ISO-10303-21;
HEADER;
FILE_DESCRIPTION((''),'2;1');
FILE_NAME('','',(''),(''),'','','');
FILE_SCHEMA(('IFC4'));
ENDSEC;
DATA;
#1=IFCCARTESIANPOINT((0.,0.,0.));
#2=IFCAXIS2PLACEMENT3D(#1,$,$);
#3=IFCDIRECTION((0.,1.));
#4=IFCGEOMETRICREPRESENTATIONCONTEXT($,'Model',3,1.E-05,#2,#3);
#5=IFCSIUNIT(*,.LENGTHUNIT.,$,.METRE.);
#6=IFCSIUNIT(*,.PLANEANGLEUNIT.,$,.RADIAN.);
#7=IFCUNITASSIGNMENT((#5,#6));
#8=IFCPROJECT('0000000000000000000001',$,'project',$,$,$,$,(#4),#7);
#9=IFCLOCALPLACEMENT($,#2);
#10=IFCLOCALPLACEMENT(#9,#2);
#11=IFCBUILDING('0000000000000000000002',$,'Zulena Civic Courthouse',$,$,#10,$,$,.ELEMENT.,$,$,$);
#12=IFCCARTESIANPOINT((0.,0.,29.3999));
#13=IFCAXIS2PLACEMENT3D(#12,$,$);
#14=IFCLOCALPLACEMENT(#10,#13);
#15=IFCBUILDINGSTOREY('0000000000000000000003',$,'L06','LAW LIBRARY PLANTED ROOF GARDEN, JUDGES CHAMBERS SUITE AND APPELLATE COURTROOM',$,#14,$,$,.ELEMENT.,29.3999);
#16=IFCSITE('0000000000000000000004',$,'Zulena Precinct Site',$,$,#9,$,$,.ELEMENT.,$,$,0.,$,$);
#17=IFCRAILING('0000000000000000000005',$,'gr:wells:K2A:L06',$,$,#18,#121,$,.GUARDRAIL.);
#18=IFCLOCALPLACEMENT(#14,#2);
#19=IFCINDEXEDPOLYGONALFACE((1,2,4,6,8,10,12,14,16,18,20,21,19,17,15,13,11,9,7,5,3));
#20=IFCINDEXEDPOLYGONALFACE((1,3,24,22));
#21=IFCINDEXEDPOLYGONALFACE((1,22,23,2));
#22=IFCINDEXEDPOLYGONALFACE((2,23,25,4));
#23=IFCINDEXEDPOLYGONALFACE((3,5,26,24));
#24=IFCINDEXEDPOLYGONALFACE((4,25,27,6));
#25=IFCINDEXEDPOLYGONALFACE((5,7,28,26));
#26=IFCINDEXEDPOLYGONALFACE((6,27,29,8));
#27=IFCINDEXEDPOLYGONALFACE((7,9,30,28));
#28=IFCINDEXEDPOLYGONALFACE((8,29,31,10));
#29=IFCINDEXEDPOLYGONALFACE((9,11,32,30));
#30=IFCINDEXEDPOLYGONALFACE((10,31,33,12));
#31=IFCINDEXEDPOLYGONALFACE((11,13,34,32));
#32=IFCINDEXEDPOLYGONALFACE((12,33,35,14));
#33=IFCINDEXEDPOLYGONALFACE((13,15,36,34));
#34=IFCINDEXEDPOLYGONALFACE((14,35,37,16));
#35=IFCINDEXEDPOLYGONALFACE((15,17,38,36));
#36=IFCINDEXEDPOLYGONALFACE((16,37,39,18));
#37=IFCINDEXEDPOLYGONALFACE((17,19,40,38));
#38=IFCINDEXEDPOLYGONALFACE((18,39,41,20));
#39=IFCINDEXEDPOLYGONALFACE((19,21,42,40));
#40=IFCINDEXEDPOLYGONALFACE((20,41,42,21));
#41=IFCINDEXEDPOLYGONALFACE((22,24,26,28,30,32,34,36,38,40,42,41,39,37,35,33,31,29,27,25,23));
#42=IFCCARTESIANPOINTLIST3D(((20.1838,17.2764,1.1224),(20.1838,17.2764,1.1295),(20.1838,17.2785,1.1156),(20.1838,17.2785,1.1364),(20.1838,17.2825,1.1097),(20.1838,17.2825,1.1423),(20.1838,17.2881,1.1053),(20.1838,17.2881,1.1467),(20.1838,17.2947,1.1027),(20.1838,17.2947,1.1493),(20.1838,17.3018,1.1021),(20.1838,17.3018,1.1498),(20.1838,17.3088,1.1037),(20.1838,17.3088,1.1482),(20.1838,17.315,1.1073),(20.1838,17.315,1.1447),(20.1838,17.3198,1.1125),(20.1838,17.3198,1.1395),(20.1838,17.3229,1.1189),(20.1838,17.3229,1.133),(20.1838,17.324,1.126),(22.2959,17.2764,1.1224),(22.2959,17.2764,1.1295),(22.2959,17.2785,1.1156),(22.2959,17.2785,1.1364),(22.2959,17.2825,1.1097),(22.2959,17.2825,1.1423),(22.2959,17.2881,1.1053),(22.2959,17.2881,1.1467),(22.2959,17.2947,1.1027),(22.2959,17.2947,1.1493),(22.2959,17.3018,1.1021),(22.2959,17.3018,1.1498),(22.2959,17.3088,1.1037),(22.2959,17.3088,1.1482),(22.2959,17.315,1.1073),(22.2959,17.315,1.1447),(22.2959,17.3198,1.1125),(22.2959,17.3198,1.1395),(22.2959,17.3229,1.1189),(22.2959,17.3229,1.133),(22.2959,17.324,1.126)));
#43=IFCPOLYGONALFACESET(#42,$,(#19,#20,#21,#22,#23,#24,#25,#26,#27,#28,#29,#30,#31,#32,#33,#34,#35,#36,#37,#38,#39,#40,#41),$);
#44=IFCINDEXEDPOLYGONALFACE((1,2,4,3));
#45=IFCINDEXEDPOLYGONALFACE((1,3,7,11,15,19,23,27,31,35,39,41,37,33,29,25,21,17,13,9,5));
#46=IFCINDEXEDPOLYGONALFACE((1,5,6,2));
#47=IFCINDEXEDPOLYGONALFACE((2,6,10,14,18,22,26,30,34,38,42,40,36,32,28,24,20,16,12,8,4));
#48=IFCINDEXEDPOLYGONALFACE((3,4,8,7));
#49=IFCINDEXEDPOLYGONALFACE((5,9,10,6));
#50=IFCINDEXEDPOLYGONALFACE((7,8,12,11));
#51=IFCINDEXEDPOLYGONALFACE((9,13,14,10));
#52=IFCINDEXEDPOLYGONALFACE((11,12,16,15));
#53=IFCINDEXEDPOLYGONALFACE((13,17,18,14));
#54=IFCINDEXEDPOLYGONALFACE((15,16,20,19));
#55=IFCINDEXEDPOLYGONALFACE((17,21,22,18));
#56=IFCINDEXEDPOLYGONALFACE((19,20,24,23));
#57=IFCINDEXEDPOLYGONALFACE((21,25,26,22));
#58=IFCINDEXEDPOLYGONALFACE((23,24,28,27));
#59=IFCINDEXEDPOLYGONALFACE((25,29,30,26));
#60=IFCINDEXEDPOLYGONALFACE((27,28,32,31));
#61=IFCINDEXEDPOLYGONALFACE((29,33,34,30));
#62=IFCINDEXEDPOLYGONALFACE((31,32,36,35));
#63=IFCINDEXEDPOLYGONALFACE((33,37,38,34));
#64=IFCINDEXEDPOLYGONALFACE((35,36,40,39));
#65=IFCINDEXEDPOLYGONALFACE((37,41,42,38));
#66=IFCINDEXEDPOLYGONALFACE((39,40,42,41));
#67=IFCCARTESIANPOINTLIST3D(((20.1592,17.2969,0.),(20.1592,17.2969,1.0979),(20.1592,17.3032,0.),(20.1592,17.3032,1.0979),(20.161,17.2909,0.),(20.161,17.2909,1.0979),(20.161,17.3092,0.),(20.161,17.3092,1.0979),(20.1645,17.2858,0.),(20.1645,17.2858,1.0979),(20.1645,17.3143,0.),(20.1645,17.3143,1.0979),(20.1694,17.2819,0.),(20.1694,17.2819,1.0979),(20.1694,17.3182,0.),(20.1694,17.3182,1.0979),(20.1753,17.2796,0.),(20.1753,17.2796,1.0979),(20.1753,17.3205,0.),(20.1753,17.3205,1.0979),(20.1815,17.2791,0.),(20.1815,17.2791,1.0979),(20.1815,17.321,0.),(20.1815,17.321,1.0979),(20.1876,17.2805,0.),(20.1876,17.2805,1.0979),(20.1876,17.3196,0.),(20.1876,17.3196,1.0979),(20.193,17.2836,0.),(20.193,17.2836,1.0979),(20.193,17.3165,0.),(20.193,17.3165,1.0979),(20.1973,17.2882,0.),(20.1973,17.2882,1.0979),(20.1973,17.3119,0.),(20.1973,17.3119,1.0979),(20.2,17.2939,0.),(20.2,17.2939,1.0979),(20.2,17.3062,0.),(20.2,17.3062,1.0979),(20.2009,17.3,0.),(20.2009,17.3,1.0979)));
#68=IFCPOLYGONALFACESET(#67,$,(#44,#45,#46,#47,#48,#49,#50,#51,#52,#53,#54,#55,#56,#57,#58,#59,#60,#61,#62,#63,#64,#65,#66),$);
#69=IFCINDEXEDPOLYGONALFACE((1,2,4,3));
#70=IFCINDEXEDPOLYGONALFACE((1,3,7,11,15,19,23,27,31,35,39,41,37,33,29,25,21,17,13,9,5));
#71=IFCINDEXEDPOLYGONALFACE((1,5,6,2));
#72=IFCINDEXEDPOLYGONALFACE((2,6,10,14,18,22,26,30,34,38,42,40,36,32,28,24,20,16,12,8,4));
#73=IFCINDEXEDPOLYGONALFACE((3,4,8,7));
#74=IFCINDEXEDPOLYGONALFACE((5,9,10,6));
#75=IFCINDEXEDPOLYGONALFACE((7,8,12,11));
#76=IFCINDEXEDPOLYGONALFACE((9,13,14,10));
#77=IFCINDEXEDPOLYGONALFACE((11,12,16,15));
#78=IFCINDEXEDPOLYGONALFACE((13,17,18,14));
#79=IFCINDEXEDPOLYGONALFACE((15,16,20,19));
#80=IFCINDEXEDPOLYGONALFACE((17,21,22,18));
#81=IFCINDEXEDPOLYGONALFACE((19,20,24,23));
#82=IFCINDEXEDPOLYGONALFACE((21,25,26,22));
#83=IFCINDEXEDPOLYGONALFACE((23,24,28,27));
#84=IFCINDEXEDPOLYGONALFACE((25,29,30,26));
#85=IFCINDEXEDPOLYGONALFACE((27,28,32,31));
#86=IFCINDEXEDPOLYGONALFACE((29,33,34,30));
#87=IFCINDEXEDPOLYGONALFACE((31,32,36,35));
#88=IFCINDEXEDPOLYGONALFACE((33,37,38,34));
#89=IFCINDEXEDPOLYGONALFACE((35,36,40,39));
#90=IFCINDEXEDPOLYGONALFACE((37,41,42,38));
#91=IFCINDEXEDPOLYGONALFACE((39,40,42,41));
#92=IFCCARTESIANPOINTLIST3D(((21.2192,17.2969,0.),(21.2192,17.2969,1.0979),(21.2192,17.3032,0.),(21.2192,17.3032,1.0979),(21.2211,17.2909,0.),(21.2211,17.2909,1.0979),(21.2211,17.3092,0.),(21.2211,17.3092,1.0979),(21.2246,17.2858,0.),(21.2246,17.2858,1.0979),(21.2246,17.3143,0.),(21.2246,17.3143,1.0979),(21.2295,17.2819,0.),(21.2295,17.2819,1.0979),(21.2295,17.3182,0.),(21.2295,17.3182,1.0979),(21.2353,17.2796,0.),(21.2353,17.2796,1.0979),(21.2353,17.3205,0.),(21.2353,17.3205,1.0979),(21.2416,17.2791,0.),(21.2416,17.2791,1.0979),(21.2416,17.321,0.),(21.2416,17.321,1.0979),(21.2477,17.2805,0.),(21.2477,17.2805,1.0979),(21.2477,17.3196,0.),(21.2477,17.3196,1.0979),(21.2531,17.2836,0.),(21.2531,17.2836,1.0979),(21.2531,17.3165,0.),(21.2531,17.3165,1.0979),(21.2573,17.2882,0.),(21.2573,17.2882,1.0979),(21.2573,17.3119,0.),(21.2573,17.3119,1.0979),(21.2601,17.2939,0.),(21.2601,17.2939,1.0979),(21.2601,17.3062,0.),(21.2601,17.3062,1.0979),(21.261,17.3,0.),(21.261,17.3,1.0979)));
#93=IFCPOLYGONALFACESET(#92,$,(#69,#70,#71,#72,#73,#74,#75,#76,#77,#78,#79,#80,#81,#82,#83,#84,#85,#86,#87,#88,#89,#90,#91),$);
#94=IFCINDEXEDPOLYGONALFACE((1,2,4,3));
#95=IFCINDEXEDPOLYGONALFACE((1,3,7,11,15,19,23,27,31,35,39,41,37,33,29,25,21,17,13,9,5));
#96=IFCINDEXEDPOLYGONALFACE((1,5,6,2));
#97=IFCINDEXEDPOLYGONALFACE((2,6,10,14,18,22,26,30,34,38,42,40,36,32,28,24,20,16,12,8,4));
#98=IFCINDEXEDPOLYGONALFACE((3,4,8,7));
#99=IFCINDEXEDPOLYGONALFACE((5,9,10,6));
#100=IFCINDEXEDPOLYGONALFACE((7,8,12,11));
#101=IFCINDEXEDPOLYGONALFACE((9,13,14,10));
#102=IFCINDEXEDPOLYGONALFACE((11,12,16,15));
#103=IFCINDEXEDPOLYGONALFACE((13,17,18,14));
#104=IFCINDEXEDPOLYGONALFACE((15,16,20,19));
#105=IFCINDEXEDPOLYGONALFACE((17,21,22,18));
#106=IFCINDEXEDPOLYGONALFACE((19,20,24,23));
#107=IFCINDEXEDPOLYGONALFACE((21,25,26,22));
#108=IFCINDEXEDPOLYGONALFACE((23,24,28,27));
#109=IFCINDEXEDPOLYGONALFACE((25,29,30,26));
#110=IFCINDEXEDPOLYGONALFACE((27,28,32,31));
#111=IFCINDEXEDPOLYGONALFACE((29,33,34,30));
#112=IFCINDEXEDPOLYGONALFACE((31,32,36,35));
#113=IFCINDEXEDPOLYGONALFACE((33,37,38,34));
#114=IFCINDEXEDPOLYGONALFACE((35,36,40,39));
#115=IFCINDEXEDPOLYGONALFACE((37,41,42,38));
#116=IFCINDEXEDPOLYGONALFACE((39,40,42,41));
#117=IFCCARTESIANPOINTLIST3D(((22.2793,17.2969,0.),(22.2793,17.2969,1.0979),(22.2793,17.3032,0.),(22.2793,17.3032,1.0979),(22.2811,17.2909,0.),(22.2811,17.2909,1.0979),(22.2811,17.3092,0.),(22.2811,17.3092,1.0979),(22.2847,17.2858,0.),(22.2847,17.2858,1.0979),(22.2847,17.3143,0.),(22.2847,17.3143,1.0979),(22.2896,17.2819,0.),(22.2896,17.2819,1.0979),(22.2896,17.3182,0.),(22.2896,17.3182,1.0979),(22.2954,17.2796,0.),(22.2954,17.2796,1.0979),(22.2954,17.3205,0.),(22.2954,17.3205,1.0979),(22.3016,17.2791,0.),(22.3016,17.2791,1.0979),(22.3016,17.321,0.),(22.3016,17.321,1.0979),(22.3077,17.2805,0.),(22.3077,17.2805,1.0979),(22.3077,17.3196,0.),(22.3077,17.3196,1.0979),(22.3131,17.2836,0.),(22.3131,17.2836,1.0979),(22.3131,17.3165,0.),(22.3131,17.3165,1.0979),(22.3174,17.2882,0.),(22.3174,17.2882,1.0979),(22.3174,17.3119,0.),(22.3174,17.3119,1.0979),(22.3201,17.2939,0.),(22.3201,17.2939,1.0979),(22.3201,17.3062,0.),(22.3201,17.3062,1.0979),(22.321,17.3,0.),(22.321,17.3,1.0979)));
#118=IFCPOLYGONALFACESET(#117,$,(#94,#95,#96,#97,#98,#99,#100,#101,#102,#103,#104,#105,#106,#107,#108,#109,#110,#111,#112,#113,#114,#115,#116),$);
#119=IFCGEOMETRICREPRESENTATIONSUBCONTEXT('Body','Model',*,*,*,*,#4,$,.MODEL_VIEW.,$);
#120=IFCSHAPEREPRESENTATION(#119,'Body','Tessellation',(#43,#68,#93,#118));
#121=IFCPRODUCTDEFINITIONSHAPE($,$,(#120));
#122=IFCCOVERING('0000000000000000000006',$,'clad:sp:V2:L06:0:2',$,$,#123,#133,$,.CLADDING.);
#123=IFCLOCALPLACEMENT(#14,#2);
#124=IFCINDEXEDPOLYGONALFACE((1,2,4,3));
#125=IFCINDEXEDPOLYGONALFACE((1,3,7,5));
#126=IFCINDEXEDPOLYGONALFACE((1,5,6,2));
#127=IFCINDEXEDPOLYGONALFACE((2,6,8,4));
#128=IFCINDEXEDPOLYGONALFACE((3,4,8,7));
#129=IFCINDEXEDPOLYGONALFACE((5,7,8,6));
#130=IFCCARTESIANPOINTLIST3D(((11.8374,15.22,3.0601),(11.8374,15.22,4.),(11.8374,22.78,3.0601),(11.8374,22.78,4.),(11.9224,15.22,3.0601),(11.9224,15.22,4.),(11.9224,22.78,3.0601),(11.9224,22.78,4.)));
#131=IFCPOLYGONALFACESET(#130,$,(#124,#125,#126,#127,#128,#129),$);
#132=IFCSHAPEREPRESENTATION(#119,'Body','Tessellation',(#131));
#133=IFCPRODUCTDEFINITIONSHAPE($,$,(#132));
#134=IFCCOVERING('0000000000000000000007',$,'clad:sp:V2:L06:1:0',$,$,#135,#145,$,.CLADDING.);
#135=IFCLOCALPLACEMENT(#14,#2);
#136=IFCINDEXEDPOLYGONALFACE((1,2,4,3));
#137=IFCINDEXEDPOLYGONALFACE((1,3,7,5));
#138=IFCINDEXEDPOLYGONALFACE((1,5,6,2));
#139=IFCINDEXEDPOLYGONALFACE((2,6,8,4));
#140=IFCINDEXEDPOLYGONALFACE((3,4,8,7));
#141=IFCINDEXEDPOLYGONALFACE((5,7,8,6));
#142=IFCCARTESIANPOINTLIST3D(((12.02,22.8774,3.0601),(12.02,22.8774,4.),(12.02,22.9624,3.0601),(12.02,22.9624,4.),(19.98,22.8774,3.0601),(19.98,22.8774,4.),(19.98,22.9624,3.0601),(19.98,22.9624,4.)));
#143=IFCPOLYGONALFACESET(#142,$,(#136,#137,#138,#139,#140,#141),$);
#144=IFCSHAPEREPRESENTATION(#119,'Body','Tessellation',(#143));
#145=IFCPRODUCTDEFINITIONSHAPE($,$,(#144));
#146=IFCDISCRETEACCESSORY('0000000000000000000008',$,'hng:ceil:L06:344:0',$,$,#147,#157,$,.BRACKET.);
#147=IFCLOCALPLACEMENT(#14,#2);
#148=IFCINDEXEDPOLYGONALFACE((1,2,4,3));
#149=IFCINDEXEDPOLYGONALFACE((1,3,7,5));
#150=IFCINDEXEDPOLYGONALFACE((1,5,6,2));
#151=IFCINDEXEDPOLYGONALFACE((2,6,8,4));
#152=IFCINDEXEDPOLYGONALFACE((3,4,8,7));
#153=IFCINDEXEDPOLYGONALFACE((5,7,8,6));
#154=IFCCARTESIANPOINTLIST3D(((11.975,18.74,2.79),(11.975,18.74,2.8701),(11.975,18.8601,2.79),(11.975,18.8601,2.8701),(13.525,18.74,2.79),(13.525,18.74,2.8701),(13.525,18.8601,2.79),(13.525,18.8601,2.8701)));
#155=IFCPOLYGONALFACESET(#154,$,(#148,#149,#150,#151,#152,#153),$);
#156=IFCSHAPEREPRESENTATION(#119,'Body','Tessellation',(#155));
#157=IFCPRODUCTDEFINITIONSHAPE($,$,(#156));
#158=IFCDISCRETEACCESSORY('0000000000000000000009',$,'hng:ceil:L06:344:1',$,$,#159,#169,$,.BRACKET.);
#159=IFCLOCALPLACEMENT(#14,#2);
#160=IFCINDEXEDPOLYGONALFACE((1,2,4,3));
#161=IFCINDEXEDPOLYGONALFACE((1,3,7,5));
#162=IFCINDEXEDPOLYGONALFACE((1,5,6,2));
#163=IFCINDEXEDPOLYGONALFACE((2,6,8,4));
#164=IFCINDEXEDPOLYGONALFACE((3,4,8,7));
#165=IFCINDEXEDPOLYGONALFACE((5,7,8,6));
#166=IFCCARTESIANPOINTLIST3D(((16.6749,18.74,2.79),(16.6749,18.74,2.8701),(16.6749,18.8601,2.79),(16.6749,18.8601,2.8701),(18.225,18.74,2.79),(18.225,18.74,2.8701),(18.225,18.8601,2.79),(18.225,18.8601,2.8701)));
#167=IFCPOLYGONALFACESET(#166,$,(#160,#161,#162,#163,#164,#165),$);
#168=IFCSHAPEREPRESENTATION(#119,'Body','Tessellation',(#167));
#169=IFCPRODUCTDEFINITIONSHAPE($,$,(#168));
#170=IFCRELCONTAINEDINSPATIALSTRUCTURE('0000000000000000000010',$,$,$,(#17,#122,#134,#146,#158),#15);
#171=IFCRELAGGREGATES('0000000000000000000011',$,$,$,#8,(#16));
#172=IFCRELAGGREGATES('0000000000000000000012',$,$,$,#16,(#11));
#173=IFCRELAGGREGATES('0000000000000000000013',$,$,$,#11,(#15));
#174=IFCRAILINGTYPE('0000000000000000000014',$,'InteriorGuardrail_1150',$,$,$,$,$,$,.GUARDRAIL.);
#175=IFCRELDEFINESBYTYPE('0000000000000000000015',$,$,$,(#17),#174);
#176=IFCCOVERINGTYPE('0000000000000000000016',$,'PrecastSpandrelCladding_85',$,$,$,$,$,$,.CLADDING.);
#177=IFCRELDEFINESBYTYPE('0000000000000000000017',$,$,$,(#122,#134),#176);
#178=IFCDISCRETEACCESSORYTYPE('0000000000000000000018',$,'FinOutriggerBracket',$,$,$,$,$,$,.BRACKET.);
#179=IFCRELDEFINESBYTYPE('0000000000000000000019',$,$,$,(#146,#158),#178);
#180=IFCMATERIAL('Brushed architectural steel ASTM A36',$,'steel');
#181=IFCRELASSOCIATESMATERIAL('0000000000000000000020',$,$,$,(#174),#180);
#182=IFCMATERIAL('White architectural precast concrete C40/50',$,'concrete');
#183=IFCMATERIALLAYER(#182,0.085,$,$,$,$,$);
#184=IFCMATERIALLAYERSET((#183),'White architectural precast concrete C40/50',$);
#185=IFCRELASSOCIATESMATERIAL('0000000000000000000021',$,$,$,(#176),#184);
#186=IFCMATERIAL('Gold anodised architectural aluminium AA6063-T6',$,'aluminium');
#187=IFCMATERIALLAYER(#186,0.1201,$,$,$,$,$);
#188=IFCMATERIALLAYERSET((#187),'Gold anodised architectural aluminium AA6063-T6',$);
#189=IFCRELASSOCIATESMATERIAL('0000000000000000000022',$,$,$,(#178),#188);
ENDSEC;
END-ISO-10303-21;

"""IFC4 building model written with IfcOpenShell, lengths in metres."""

from ifc_helpers import new_model, si_unit, direction, frame, origin, origin_2d, place, context, subcontext, project, spatial, rectangle, circle, extrude, material, layer, layer_set, type_object, element, save


model = new_model("IFC4")

# Units and contexts
model_context = context("Model", 3, precision=1e-05, world=origin(), true_north=direction((0.0, 1.0)))
body_context = subcontext(model_context, "Body", "Model", "MODEL_VIEW")
ifc_project = project(units=[si_unit("LENGTHUNIT", "METRE"), si_unit("PLANEANGLEUNIT", "RADIAN")], contexts=[model_context])

# Site, building, storey
site_placement = place(None, origin())
site = spatial("IfcSite", under=ifc_project, at=site_placement, Name="Zulena Precinct Site", CompositionType="ELEMENT", RefElevation=0.0)
building_placement = place(site_placement, origin())
building = spatial("IfcBuilding", under=site, at=building_placement, Name="Zulena Civic Courthouse", CompositionType="ELEMENT")
storey_placement = place(building_placement, frame((0.0, 0.0, 29.3999)))
storey = spatial("IfcBuildingStorey", under=building, at=storey_placement, Name="L06", Description="LAW LIBRARY PLANTED ROOF GARDEN, JUDGES CHAMBERS SUITE AND APPELLATE COURTROOM", CompositionType="ELEMENT", Elevation=29.3999)

# Shared definitions
ifc_material_1 = material(Name="White architectural precast concrete C40/50", Category="concrete")

# Railing
ifc_material_2 = material(Name="Brushed architectural steel ASTM A36", Category="steel")
railing_type = type_object("IfcRailingType", Name="InteriorGuardrail_1150", PredefinedType="GUARDRAIL", material=ifc_material_2)
railing_1_placement = place(storey_placement, frame((20.1799, 17.3, 0.0)))
element("IfcRailing", 1, at=railing_1_placement, inside=storey, type_object=railing_type, Name="gr:wells:K2A:L06", PredefinedType="GUARDRAIL", context=body_context, shape_type="SweptSolid", body=[
    extrude(circle(Radius=0.0239, at=origin_2d()), frame((0.0039, 0.0, 1.126), z_axis=(1.0, 0.0, 0.0), x_axis=(0.0, 1.0, 0.0)), (0.0, 0.0, 1.0), 2.1121),
    extrude(circle(Radius=0.021, at=origin_2d()), origin(), (0.0, 0.0, 1.0), 1.0979),
    extrude(circle(Radius=0.021, at=origin_2d()), frame((1.0601, 0.0, 0.0)), (0.0, 0.0, 1.0), 1.0979),
    extrude(circle(Radius=0.021, at=origin_2d()), frame((2.1201, 0.0, 0.0)), (0.0, 0.0, 1.0), 1.0979),
])

# Coverings
ifc_layer_1 = layer(ifc_material_1, 0.085)
ifc_layer_set_1 = layer_set([ifc_layer_1], Name="White architectural precast concrete C40/50")
covering_type = type_object("IfcCoveringType", Name="PrecastSpandrelCladding_85", PredefinedType="CLADDING", material=ifc_layer_set_1)
covering_1_placement = place(storey_placement, frame((11.8799, 19.0, 3.0601), z_axis=(0.0, 0.0, 1.0), x_axis=(0.0, 1.0, 0.0)))
element("IfcCovering", 2, at=covering_1_placement, inside=storey, type_object=covering_type, Name="clad:sp:V2:L06:0:2", PredefinedType="CLADDING", context=body_context, shape_type="SweptSolid", body=[
    extrude(rectangle(XDim=7.5601, YDim=0.085, at=origin_2d()), origin(), (0.0, 0.0, 1.0), 0.9399),
])
covering_2_placement = place(storey_placement, frame((16.0, 22.9199, 3.0601), z_axis=(0.0, 0.0, 1.0), x_axis=(1.0, 0.0, 0.0)))
element("IfcCovering", 3, at=covering_2_placement, inside=storey, type_object=covering_type, Name="clad:sp:V2:L06:1:0", PredefinedType="CLADDING", context=body_context, shape_type="SweptSolid", body=[
    extrude(rectangle(XDim=7.96, YDim=0.085, at=origin_2d()), origin(), (0.0, 0.0, 1.0), 0.9399),
])

# Discrete accessories
ifc_material_3 = material(Name="Gold anodised architectural aluminium AA6063-T6", Category="aluminium")
ifc_layer_2 = layer(ifc_material_3, 0.1201)
ifc_layer_set_2 = layer_set([ifc_layer_2], Name="Gold anodised architectural aluminium AA6063-T6")
discrete_accessory_type = type_object("IfcDiscreteAccessoryType", Name="FinOutriggerBracket", PredefinedType="BRACKET", material=ifc_layer_set_2)
for number, where, z_axis, x_axis, name in (
    (4, (12.75, 18.8, 2.79), (0.0, 0.0, 1.0), (1.0, 0.0, 0.0), "hng:ceil:L06:344:0"),
    (5, (17.45, 18.8, 2.79), (0.0, 0.0, 1.0), (1.0, 0.0, 0.0), "hng:ceil:L06:344:1"),
):
    element("IfcDiscreteAccessory", number, at=place(storey_placement, frame(where, z_axis=z_axis, x_axis=x_axis)), inside=storey, type_object=discrete_accessory_type, Name=name, PredefinedType="BRACKET", context=body_context, shape_type="SweptSolid", body=[
        extrude(rectangle(XDim=1.55, YDim=0.1201, at=origin_2d()), origin(), (0.0, 0.0, 1.0), 0.0801),
    ])

save(model, "model.ifc")
